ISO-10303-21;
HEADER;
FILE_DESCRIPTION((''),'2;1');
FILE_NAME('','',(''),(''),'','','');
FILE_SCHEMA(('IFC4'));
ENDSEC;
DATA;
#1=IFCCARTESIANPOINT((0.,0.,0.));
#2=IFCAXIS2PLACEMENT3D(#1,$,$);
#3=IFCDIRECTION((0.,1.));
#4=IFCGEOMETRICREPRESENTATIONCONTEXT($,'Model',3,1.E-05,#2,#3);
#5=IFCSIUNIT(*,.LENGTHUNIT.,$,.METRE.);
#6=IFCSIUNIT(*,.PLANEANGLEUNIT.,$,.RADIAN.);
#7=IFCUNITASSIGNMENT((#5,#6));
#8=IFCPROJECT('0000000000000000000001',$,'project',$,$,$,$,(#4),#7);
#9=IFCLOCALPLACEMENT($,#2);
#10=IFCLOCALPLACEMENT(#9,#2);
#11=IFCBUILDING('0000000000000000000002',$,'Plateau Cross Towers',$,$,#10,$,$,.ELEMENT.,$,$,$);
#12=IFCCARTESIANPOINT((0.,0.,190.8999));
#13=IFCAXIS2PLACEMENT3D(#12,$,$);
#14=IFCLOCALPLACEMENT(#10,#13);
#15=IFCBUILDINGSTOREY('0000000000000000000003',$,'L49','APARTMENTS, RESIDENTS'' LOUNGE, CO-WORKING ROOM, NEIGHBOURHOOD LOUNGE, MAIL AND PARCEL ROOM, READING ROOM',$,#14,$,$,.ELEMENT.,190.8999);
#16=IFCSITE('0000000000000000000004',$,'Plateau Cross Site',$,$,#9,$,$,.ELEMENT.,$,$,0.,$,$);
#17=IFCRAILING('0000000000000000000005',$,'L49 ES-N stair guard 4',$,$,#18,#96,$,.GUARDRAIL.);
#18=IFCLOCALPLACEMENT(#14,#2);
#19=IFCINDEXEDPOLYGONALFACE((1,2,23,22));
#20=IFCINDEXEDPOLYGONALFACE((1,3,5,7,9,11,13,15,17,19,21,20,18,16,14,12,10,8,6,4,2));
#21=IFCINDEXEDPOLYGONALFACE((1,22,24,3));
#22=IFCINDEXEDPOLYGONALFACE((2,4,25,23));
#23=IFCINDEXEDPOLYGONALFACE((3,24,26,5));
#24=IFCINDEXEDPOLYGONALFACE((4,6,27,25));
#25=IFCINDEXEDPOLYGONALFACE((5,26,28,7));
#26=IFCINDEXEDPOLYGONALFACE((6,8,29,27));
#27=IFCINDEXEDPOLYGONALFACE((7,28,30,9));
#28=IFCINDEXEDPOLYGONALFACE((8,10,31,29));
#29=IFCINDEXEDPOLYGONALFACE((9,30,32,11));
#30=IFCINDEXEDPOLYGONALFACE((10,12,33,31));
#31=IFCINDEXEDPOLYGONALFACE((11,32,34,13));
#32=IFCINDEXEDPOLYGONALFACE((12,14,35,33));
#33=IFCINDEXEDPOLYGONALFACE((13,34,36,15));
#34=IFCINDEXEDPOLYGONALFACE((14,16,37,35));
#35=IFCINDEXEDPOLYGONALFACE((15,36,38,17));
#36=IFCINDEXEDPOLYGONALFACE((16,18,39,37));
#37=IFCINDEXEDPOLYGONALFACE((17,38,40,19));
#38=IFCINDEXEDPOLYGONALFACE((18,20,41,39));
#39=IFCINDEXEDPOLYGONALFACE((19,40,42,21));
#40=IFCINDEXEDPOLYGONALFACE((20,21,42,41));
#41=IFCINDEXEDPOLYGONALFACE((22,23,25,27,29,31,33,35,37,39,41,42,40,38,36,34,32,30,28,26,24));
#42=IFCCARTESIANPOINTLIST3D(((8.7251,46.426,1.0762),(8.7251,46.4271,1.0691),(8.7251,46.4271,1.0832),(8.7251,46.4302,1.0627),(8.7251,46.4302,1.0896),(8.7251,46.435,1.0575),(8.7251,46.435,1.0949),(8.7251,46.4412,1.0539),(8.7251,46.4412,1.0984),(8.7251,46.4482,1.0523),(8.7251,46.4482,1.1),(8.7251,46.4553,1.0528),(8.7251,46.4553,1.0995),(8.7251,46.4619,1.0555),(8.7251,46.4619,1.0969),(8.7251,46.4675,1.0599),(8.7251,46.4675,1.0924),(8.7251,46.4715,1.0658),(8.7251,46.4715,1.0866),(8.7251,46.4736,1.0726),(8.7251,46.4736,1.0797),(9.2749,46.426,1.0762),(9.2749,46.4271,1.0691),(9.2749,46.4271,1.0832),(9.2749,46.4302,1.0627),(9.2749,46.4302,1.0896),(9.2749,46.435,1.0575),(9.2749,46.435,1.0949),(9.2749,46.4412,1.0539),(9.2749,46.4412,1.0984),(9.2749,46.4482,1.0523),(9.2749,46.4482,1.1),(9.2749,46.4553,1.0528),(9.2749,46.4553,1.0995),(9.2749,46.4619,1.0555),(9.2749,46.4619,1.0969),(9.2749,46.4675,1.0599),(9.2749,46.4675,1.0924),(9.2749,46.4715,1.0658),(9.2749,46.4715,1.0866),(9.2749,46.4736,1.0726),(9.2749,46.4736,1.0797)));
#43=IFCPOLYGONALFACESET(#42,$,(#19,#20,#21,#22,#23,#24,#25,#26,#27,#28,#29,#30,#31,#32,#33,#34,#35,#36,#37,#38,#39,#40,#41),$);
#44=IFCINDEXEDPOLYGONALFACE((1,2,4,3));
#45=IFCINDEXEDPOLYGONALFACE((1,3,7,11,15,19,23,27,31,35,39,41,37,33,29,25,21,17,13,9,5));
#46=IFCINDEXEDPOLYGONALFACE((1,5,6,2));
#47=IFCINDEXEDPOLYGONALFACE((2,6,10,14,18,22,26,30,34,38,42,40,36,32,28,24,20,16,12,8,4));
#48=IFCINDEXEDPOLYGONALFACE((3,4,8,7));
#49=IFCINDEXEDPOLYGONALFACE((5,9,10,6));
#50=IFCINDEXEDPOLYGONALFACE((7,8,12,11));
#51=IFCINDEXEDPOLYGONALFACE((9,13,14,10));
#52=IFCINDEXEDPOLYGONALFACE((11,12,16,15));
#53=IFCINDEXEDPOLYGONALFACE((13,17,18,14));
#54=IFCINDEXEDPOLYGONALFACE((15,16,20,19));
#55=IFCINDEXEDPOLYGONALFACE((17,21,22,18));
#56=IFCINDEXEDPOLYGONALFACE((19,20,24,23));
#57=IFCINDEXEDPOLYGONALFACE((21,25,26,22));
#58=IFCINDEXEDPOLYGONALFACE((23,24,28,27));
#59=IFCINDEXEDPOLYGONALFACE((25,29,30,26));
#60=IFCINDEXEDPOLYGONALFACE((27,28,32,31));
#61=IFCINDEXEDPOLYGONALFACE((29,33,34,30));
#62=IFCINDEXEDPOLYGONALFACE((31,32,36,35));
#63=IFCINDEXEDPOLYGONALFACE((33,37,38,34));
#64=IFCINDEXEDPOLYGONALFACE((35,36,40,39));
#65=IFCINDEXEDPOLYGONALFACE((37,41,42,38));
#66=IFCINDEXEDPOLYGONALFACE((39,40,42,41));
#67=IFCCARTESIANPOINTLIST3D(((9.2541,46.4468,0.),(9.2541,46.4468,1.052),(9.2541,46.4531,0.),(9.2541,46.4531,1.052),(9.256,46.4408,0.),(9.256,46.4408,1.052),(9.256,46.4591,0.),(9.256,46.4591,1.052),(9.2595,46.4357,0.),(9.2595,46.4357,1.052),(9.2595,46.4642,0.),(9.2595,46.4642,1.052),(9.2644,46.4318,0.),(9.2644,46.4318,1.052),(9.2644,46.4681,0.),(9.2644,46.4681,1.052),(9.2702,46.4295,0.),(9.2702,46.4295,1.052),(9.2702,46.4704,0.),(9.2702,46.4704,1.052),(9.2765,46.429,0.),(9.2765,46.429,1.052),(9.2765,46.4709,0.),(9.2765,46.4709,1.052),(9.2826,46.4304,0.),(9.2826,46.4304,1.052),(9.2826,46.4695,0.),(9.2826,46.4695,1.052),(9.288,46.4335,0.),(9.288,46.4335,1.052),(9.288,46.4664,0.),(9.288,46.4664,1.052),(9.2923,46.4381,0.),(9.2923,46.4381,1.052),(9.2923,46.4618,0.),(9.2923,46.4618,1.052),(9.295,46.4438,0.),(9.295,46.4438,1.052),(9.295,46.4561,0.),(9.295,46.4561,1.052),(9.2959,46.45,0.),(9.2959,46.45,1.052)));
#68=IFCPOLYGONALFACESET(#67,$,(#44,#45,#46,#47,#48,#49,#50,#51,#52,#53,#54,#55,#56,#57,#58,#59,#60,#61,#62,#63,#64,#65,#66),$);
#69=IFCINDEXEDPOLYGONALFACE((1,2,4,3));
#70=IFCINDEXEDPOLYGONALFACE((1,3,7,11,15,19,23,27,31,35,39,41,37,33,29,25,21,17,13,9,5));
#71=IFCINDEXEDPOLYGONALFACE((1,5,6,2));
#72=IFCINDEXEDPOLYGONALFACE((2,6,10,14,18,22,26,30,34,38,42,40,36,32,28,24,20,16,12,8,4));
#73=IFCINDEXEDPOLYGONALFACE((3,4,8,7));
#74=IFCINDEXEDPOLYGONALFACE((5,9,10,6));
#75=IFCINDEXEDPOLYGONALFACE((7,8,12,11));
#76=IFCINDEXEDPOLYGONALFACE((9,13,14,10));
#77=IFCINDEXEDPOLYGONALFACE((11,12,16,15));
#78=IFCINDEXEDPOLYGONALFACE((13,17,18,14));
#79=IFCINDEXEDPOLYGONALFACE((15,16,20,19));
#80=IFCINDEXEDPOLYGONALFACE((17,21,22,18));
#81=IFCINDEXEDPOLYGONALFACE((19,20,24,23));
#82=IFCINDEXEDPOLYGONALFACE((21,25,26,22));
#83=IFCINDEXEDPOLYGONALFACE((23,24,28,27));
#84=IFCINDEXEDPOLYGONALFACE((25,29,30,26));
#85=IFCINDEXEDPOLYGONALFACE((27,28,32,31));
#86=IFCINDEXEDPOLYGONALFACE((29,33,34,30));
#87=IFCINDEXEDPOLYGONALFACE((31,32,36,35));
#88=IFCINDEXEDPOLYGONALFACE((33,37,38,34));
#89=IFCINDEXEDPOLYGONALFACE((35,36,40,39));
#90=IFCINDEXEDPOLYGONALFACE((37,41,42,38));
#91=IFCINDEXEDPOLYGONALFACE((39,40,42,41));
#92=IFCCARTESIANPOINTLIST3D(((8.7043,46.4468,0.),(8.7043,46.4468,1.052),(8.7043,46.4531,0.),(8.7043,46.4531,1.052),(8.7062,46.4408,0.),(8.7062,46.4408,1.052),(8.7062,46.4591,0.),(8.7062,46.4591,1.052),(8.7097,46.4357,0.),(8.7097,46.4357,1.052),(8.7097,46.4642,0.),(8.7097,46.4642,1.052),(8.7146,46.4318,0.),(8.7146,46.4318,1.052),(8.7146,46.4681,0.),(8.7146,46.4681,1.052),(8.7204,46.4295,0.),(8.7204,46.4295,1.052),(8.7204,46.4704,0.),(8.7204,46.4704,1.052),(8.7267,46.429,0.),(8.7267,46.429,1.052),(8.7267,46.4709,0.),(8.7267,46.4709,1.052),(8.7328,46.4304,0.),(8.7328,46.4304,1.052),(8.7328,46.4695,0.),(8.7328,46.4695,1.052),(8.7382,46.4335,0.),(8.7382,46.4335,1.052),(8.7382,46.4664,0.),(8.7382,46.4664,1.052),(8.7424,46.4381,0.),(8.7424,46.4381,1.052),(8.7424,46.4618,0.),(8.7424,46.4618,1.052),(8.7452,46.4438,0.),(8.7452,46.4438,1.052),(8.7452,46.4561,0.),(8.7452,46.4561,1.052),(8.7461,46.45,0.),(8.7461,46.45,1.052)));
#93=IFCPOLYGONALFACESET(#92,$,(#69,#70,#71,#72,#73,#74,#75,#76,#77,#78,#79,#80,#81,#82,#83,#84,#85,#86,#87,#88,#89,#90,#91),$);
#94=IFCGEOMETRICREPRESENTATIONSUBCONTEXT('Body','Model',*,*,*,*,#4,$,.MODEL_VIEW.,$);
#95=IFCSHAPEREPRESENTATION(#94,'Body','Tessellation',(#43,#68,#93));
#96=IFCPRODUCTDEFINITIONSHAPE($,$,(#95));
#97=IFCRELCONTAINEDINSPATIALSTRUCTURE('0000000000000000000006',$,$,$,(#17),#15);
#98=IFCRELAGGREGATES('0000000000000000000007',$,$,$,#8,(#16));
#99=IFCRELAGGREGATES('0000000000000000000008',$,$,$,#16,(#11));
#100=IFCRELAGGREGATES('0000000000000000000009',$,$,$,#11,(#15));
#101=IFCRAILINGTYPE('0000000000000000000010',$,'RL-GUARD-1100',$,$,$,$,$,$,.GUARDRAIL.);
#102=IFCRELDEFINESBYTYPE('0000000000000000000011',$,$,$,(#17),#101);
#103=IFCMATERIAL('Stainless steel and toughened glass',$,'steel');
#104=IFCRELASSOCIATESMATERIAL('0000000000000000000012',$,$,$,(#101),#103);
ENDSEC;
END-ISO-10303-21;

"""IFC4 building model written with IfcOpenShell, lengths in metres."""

from ifc_helpers import new_model, si_unit, direction, frame, origin, origin_2d, place, context, subcontext, project, spatial, circle, extrude, material, type_object, element, save


model = new_model("IFC4")

# Units and contexts
model_context = context("Model", 3, precision=1e-05, world=origin(), true_north=direction((0.0, 1.0)))
body_context = subcontext(model_context, "Body", "Model", "MODEL_VIEW")
ifc_project = project(units=[si_unit("LENGTHUNIT", "METRE"), si_unit("PLANEANGLEUNIT", "RADIAN")], contexts=[model_context])

# Site, building, storey
site_placement = place(None, origin())
site = spatial("IfcSite", under=ifc_project, at=site_placement, Name="Plateau Cross Site", CompositionType="ELEMENT", RefElevation=0.0)
building_placement = place(site_placement, origin())
building = spatial("IfcBuilding", under=site, at=building_placement, Name="Plateau Cross Towers", CompositionType="ELEMENT")
storey_placement = place(building_placement, frame((0.0, 0.0, 190.8999)))
storey = spatial("IfcBuildingStorey", under=building, at=storey_placement, Name="L49", Description="APARTMENTS, RESIDENTS' LOUNGE, CO-WORKING ROOM, NEIGHBOURHOOD LOUNGE, MAIL AND PARCEL ROOM, READING ROOM", CompositionType="ELEMENT", Elevation=190.8999)

# Railing
ifc_material_1 = material(Name="Stainless steel and toughened glass", Category="steel")
railing_type_1 = type_object("IfcRailingType", Name="RL-GUARD-1100", PredefinedType="GUARDRAIL", material=ifc_material_1)
railing_1_placement = place(storey_placement, frame((9.2749, 46.45, 0.0)))
element("IfcRailing", 1, at=railing_1_placement, inside=storey, type_object=railing_type_1, Name="L49 ES-N stair guard 4", PredefinedType="GUARDRAIL", context=body_context, shape_type="SweptSolid", body=[
    extrude(circle(Radius=0.0239, at=origin_2d()), frame((0.0, 0.0, 1.0762), z_axis=(-1.0, 0.0, 0.0), x_axis=(0.0, -1.0, 0.0)), (0.0, 0.0, 1.0), 0.5498),
    extrude(circle(Radius=0.021, at=origin_2d()), origin(), (0.0, 0.0, 1.0), 1.052),
    extrude(circle(Radius=0.021, at=origin_2d()), frame((-0.5498, 0.0, 0.0)), (0.0, 0.0, 1.0), 1.052),
])

save(model, "model.ifc")
